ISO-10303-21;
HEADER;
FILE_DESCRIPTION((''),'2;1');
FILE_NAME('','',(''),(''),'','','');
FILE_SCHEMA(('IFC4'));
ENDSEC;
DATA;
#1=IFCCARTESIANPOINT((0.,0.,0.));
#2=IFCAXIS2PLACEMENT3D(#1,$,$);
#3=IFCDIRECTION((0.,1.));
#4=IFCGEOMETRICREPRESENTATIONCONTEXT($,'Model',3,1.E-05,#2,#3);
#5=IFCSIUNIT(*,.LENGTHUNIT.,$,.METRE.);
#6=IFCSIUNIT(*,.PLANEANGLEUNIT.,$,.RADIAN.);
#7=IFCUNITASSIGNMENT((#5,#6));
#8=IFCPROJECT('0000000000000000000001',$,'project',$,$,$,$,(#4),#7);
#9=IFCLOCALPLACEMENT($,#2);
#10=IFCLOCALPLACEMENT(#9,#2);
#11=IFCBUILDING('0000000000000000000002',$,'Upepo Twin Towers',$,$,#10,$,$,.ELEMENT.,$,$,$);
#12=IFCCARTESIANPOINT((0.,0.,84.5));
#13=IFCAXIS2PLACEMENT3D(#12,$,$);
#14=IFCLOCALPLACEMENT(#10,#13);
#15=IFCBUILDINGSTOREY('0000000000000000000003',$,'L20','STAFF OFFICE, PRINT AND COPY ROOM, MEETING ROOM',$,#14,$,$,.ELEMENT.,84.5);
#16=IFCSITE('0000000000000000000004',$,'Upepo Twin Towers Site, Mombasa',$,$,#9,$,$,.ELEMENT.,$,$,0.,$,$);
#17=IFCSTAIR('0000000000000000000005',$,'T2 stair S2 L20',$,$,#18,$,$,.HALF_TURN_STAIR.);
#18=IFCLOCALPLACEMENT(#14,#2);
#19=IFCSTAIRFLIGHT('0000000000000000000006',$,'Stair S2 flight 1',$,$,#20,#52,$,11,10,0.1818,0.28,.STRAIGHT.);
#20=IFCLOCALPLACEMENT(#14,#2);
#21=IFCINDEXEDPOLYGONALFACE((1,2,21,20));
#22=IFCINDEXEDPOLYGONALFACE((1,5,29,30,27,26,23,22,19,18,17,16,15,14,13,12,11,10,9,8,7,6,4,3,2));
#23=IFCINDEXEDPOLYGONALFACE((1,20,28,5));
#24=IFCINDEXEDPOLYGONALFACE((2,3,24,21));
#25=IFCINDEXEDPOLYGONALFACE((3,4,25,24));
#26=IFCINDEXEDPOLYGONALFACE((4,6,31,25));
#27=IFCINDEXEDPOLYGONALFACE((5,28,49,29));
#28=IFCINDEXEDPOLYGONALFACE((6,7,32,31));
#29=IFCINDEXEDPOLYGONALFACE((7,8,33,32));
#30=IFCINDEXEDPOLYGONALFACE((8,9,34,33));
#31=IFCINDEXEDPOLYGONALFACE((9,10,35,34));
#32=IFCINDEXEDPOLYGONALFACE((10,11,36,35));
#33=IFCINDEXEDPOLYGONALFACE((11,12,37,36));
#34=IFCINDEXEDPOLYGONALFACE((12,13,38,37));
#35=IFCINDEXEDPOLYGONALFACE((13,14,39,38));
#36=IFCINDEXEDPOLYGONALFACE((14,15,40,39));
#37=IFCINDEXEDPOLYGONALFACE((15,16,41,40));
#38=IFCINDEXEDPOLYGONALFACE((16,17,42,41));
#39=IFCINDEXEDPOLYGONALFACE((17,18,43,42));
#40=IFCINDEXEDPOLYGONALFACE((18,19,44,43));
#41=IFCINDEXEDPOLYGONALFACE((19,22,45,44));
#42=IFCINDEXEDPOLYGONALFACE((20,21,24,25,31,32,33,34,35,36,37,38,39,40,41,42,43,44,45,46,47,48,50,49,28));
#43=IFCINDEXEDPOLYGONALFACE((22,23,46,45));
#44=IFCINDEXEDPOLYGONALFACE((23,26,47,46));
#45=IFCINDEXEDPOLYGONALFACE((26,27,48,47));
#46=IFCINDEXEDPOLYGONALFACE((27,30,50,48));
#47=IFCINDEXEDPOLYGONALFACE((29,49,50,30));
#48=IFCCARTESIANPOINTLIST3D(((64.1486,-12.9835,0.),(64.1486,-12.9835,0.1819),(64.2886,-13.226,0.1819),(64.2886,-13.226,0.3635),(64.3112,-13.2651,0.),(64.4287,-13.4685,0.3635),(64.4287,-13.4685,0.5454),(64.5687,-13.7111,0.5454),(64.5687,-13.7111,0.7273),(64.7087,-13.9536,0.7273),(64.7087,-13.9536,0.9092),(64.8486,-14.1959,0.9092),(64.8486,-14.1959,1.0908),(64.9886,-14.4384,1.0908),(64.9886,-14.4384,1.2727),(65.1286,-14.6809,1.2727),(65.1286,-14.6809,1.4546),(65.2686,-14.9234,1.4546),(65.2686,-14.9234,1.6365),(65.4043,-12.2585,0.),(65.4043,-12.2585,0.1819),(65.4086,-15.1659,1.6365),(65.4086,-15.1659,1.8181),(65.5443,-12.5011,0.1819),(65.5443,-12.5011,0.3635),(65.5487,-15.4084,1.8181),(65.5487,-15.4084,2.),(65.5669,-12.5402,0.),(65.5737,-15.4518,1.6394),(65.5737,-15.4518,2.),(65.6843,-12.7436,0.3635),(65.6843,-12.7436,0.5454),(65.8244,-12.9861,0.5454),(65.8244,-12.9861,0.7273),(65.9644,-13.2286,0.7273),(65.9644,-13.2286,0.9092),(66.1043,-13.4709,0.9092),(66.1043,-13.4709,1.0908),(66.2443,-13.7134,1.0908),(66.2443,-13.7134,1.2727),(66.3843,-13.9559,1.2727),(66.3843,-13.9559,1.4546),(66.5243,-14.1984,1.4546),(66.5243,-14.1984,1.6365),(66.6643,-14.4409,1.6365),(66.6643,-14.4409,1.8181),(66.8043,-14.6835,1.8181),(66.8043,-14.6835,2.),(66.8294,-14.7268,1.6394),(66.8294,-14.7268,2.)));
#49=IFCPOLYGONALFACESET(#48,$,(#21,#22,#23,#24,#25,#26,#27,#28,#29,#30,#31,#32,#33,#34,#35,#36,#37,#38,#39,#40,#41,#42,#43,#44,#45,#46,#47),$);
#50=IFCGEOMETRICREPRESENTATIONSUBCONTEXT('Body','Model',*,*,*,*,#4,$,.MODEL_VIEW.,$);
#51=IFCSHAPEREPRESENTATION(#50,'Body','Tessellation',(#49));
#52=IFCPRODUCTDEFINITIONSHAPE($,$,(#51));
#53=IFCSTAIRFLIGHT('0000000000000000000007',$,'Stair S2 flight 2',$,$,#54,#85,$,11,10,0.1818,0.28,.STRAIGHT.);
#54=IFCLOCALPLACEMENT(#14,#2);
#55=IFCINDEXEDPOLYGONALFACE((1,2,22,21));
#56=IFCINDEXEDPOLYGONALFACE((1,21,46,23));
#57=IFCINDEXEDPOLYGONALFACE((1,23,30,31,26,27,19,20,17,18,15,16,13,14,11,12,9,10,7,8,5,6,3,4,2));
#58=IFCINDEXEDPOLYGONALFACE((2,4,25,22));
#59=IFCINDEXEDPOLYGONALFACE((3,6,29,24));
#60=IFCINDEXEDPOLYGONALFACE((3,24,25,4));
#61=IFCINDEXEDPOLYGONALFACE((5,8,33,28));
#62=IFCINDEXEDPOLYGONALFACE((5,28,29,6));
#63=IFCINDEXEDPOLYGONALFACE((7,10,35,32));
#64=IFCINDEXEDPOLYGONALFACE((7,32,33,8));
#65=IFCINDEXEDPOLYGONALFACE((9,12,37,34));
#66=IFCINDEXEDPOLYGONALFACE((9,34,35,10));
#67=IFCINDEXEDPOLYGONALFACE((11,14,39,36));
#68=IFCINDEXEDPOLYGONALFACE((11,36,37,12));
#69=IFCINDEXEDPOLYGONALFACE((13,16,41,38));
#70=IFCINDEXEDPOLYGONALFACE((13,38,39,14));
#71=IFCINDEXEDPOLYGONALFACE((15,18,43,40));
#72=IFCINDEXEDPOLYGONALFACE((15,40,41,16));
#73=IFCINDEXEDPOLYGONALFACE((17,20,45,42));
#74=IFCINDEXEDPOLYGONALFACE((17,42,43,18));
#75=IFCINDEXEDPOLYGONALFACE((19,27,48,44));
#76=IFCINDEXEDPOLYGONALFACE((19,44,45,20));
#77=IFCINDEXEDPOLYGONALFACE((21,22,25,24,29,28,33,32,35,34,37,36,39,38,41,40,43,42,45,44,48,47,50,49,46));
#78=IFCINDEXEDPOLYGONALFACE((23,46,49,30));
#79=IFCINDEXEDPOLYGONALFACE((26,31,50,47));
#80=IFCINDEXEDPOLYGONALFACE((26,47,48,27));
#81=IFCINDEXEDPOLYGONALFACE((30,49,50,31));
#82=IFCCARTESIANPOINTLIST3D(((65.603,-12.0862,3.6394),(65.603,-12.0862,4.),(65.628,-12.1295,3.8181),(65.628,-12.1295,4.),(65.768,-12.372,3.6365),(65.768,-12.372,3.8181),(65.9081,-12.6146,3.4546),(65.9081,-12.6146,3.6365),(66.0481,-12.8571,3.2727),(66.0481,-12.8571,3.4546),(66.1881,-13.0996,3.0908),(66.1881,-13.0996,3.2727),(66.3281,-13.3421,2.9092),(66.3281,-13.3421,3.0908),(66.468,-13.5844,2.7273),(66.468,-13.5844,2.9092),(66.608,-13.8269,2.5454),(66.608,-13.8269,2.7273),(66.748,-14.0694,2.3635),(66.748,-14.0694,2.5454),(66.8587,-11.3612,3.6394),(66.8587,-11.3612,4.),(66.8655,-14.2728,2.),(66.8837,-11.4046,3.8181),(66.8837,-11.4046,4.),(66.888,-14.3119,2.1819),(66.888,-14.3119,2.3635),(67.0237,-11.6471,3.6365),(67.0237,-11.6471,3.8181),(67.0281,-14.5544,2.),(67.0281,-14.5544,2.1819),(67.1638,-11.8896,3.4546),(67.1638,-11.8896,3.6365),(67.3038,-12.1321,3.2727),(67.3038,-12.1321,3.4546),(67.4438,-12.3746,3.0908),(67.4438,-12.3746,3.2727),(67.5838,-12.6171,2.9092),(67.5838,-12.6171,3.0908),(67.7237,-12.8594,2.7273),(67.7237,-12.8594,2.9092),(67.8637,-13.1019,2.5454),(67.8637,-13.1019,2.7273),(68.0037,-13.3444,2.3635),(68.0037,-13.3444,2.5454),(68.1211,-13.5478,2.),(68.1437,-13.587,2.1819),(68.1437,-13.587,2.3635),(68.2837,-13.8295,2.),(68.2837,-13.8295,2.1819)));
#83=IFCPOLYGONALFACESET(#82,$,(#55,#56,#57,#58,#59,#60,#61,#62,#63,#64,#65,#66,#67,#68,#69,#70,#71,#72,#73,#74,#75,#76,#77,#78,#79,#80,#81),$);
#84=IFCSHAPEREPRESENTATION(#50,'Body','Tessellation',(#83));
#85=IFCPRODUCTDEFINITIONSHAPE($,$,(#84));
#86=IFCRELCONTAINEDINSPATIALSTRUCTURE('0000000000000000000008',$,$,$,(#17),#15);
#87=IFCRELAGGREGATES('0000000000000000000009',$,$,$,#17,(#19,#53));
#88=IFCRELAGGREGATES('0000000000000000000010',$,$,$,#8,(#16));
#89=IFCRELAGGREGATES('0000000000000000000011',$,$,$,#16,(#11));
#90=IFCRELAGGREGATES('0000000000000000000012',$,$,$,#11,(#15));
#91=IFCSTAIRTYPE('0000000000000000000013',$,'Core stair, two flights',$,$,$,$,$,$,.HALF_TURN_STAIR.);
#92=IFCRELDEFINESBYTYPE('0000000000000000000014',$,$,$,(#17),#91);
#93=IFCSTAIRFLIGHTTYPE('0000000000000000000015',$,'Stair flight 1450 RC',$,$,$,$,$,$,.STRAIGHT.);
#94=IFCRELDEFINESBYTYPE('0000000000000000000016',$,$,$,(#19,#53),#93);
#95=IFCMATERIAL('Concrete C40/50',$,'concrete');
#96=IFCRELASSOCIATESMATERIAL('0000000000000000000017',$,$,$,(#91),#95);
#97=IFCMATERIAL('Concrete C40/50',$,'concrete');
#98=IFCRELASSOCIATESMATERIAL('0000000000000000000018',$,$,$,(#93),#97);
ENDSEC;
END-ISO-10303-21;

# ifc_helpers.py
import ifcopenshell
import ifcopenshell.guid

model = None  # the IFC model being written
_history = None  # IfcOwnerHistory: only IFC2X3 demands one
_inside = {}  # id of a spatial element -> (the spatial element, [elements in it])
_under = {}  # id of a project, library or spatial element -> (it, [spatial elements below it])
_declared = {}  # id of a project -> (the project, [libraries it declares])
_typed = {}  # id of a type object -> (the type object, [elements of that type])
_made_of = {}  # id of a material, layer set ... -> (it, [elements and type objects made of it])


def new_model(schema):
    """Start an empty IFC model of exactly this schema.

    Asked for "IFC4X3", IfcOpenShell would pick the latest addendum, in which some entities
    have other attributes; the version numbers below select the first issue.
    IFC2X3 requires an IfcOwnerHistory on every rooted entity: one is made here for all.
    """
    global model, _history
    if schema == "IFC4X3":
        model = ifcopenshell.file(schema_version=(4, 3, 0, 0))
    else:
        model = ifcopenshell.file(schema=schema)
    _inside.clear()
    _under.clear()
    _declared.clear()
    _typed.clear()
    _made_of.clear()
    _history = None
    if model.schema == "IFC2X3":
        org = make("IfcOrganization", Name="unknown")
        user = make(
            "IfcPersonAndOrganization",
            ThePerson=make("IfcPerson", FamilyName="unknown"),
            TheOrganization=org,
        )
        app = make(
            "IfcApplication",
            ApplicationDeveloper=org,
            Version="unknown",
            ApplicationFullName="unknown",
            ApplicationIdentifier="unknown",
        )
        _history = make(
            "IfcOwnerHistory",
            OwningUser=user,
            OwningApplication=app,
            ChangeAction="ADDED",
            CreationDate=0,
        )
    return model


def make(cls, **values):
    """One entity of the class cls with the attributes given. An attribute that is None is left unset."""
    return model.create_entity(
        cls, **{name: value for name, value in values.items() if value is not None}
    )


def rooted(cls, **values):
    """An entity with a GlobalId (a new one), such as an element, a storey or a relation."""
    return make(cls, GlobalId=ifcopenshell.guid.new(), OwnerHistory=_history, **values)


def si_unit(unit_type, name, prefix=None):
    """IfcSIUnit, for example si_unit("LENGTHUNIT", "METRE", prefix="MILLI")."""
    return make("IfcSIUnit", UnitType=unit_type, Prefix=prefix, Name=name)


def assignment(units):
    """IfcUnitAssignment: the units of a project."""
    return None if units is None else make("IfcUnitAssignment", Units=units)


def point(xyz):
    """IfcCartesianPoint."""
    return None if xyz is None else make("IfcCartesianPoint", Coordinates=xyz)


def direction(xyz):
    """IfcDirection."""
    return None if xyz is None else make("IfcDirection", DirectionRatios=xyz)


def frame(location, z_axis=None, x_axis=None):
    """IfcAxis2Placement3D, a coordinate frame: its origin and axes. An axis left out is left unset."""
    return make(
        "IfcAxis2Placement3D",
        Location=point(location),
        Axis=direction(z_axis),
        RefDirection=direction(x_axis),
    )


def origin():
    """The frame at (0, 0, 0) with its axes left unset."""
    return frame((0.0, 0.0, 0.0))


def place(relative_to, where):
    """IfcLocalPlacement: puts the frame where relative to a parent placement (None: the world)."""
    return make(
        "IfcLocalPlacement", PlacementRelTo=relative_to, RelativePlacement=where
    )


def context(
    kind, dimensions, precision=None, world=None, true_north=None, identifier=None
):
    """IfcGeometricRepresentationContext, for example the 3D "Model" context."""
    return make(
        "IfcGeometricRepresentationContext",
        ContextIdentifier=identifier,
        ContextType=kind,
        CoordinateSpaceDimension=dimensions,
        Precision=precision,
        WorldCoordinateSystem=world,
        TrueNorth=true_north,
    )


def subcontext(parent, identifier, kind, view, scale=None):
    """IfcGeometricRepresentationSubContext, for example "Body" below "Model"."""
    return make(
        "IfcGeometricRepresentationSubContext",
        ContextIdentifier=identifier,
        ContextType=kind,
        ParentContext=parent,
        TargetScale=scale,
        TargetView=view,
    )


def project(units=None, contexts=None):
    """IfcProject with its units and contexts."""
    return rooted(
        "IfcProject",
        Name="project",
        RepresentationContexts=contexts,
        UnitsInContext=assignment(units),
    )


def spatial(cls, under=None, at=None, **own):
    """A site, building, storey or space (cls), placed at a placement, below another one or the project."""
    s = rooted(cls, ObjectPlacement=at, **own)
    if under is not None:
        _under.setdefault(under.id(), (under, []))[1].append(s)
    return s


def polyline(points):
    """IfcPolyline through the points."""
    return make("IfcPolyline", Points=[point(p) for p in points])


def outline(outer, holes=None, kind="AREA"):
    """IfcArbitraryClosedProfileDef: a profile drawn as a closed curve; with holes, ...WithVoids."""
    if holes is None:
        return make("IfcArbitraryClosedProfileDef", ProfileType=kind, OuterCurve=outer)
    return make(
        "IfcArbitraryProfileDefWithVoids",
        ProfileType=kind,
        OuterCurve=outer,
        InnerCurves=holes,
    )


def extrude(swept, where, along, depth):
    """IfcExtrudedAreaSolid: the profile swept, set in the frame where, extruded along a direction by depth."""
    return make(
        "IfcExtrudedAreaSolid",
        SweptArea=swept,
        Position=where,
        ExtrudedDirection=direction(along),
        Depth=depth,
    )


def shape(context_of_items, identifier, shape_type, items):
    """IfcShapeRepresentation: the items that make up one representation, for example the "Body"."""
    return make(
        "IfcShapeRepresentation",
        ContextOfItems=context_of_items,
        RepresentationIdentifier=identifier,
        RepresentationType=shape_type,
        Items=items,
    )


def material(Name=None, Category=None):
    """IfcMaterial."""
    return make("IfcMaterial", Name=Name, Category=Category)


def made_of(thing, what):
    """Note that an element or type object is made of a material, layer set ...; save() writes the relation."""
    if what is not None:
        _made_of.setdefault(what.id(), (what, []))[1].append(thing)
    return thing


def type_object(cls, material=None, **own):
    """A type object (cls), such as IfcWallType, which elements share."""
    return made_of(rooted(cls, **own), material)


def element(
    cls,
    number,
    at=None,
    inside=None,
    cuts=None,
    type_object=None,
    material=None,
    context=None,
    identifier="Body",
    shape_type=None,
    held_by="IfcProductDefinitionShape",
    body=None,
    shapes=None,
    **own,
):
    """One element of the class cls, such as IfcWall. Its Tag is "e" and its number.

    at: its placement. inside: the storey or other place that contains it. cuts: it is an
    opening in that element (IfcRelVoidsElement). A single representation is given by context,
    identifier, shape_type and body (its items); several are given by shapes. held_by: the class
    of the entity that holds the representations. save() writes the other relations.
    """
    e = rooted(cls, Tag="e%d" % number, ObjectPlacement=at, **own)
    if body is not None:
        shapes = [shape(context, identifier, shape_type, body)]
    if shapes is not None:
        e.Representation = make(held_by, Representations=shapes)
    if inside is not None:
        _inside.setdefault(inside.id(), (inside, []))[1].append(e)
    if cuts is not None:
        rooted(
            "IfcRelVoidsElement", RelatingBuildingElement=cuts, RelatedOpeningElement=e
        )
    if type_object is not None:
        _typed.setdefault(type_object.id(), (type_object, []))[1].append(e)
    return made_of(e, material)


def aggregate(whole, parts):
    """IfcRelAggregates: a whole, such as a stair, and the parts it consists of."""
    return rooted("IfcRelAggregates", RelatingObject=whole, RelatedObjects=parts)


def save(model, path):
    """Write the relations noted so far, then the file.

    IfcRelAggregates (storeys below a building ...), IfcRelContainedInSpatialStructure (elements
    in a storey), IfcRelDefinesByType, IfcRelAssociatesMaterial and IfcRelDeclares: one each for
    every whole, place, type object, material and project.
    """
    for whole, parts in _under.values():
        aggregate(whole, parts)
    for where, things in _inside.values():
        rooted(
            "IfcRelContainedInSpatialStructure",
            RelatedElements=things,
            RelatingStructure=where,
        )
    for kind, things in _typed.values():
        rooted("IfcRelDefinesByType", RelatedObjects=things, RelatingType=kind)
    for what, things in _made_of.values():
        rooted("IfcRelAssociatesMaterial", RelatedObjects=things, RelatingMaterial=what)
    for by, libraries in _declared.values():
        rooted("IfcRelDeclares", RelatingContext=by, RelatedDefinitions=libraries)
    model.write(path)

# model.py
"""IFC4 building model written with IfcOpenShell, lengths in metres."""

from ifc_helpers import new_model, si_unit, direction, frame, origin, place, context, subcontext, project, spatial, polyline, outline, extrude, material, type_object, element, aggregate, save


model = new_model("IFC4")

# Units and contexts
model_context = context("Model", 3, precision=1e-05, world=origin(), true_north=direction((0.0, 1.0)))
body_context = subcontext(model_context, "Body", "Model", "MODEL_VIEW")
ifc_project = project(units=[si_unit("LENGTHUNIT", "METRE"), si_unit("PLANEANGLEUNIT", "RADIAN")], contexts=[model_context])

# Site, building, storey
site_placement = place(None, origin())
site = spatial("IfcSite", under=ifc_project, at=site_placement, Name="Upepo Twin Towers Site, Mombasa", CompositionType="ELEMENT", RefElevation=0.0)
building_placement = place(site_placement, origin())
building = spatial("IfcBuilding", under=site, at=building_placement, Name="Upepo Twin Towers", CompositionType="ELEMENT")
storey_placement = place(building_placement, frame((0.0, 0.0, 84.5)))
storey = spatial("IfcBuildingStorey", under=building, at=storey_placement, Name="L20", Description="STAFF OFFICE, PRINT AND COPY ROOM, MEETING ROOM", CompositionType="ELEMENT", Elevation=84.5)

# Stair, stair flights
ifc_material_1 = material(Name="Concrete C40/50", Category="concrete")
stair_type = type_object("IfcStairType", Name="Core stair, two flights", PredefinedType="HALF_TURN_STAIR", material=ifc_material_1)
stair_placement = place(storey_placement, origin())
stair = element("IfcStair", 1, at=stair_placement, inside=storey, type_object=stair_type, Name="T2 stair S2 L20", PredefinedType="HALF_TURN_STAIR")
ifc_material_2 = material(Name="Concrete C40/50", Category="concrete")
stair_flight_type = type_object("IfcStairFlightType", Name="Stair flight 1450 RC", PredefinedType="STRAIGHT", material=ifc_material_2)
stair_flight_1_placement = place(storey_placement, frame((64.7764, -12.6211, 0.0), z_axis=(0.0, 0.0, 1.0), x_axis=(0.5, -0.866025, 0.0)))
stair_flight_1 = element("IfcStairFlight", 2, at=stair_flight_1_placement, type_object=stair_flight_type, Name="Stair S2 flight 1", NumberOfRisers=11, NumberOfTreads=10, PredefinedType="STRAIGHT", RiserHeight=0.1818, TreadLength=0.28, context=body_context, shape_type="SweptSolid", body=[
    extrude(outline(polyline([(0.0, 0.0), (0.0, 0.1819), (0.28, 0.1819), (0.28, 0.3635), (0.5601, 0.3635), (0.5601, 0.5454), (0.8401, 0.5454), (0.8401, 0.7273), (1.1201, 0.7273), (1.1201, 0.9092), (1.3999, 0.9092), (1.3999, 1.0908), (1.6799, 1.0908), (1.6799, 1.2727), (1.96, 1.2727), (1.96, 1.4546), (2.24, 1.4546), (2.24, 1.6365), (2.52, 1.6365), (2.52, 1.8181), (2.8, 1.8181), (2.8, 2.0), (2.8501, 2.0), (2.8501, 1.6394), (0.3252, 0.0), (0.0, 0.0)])), frame((0.0, 0.7251, 0.0), z_axis=(0.0, -1.0, 0.0), x_axis=(1.0, 0.0, 0.0)), (0.0, 0.0, 1.0), 1.45),
])
stair_flight_2_placement = place(storey_placement, frame((67.656, -14.1919, 2.0), z_axis=(0.0, 0.0, 1.0), x_axis=(-0.5, 0.866025, 0.0)))
stair_flight_2 = element("IfcStairFlight", 3, at=stair_flight_2_placement, type_object=stair_flight_type, Name="Stair S2 flight 2", NumberOfRisers=11, NumberOfTreads=10, PredefinedType="STRAIGHT", RiserHeight=0.1818, TreadLength=0.28, context=body_context, shape_type="SweptSolid", body=[
    extrude(outline(polyline([(0.0, 0.0), (0.0, 0.1819), (0.28, 0.1819), (0.28, 0.3635), (0.5601, 0.3635), (0.5601, 0.5454), (0.8401, 0.5454), (0.8401, 0.7273), (1.1201, 0.7273), (1.1201, 0.9092), (1.3999, 0.9092), (1.3999, 1.0908), (1.6799, 1.0908), (1.6799, 1.2727), (1.96, 1.2727), (1.96, 1.4546), (2.24, 1.4546), (2.24, 1.6365), (2.52, 1.6365), (2.52, 1.8181), (2.8, 1.8181), (2.8, 2.0), (2.8501, 2.0), (2.8501, 1.6394), (0.3252, 0.0), (0.0, 0.0)])), frame((0.0, 0.7251, 0.0), z_axis=(0.0, -1.0, 0.0), x_axis=(1.0, 0.0, 0.0)), (0.0, 0.0, 1.0), 1.45),
])
aggregate(stair, [stair_flight_1, stair_flight_2])

save(model, "model.ifc")
